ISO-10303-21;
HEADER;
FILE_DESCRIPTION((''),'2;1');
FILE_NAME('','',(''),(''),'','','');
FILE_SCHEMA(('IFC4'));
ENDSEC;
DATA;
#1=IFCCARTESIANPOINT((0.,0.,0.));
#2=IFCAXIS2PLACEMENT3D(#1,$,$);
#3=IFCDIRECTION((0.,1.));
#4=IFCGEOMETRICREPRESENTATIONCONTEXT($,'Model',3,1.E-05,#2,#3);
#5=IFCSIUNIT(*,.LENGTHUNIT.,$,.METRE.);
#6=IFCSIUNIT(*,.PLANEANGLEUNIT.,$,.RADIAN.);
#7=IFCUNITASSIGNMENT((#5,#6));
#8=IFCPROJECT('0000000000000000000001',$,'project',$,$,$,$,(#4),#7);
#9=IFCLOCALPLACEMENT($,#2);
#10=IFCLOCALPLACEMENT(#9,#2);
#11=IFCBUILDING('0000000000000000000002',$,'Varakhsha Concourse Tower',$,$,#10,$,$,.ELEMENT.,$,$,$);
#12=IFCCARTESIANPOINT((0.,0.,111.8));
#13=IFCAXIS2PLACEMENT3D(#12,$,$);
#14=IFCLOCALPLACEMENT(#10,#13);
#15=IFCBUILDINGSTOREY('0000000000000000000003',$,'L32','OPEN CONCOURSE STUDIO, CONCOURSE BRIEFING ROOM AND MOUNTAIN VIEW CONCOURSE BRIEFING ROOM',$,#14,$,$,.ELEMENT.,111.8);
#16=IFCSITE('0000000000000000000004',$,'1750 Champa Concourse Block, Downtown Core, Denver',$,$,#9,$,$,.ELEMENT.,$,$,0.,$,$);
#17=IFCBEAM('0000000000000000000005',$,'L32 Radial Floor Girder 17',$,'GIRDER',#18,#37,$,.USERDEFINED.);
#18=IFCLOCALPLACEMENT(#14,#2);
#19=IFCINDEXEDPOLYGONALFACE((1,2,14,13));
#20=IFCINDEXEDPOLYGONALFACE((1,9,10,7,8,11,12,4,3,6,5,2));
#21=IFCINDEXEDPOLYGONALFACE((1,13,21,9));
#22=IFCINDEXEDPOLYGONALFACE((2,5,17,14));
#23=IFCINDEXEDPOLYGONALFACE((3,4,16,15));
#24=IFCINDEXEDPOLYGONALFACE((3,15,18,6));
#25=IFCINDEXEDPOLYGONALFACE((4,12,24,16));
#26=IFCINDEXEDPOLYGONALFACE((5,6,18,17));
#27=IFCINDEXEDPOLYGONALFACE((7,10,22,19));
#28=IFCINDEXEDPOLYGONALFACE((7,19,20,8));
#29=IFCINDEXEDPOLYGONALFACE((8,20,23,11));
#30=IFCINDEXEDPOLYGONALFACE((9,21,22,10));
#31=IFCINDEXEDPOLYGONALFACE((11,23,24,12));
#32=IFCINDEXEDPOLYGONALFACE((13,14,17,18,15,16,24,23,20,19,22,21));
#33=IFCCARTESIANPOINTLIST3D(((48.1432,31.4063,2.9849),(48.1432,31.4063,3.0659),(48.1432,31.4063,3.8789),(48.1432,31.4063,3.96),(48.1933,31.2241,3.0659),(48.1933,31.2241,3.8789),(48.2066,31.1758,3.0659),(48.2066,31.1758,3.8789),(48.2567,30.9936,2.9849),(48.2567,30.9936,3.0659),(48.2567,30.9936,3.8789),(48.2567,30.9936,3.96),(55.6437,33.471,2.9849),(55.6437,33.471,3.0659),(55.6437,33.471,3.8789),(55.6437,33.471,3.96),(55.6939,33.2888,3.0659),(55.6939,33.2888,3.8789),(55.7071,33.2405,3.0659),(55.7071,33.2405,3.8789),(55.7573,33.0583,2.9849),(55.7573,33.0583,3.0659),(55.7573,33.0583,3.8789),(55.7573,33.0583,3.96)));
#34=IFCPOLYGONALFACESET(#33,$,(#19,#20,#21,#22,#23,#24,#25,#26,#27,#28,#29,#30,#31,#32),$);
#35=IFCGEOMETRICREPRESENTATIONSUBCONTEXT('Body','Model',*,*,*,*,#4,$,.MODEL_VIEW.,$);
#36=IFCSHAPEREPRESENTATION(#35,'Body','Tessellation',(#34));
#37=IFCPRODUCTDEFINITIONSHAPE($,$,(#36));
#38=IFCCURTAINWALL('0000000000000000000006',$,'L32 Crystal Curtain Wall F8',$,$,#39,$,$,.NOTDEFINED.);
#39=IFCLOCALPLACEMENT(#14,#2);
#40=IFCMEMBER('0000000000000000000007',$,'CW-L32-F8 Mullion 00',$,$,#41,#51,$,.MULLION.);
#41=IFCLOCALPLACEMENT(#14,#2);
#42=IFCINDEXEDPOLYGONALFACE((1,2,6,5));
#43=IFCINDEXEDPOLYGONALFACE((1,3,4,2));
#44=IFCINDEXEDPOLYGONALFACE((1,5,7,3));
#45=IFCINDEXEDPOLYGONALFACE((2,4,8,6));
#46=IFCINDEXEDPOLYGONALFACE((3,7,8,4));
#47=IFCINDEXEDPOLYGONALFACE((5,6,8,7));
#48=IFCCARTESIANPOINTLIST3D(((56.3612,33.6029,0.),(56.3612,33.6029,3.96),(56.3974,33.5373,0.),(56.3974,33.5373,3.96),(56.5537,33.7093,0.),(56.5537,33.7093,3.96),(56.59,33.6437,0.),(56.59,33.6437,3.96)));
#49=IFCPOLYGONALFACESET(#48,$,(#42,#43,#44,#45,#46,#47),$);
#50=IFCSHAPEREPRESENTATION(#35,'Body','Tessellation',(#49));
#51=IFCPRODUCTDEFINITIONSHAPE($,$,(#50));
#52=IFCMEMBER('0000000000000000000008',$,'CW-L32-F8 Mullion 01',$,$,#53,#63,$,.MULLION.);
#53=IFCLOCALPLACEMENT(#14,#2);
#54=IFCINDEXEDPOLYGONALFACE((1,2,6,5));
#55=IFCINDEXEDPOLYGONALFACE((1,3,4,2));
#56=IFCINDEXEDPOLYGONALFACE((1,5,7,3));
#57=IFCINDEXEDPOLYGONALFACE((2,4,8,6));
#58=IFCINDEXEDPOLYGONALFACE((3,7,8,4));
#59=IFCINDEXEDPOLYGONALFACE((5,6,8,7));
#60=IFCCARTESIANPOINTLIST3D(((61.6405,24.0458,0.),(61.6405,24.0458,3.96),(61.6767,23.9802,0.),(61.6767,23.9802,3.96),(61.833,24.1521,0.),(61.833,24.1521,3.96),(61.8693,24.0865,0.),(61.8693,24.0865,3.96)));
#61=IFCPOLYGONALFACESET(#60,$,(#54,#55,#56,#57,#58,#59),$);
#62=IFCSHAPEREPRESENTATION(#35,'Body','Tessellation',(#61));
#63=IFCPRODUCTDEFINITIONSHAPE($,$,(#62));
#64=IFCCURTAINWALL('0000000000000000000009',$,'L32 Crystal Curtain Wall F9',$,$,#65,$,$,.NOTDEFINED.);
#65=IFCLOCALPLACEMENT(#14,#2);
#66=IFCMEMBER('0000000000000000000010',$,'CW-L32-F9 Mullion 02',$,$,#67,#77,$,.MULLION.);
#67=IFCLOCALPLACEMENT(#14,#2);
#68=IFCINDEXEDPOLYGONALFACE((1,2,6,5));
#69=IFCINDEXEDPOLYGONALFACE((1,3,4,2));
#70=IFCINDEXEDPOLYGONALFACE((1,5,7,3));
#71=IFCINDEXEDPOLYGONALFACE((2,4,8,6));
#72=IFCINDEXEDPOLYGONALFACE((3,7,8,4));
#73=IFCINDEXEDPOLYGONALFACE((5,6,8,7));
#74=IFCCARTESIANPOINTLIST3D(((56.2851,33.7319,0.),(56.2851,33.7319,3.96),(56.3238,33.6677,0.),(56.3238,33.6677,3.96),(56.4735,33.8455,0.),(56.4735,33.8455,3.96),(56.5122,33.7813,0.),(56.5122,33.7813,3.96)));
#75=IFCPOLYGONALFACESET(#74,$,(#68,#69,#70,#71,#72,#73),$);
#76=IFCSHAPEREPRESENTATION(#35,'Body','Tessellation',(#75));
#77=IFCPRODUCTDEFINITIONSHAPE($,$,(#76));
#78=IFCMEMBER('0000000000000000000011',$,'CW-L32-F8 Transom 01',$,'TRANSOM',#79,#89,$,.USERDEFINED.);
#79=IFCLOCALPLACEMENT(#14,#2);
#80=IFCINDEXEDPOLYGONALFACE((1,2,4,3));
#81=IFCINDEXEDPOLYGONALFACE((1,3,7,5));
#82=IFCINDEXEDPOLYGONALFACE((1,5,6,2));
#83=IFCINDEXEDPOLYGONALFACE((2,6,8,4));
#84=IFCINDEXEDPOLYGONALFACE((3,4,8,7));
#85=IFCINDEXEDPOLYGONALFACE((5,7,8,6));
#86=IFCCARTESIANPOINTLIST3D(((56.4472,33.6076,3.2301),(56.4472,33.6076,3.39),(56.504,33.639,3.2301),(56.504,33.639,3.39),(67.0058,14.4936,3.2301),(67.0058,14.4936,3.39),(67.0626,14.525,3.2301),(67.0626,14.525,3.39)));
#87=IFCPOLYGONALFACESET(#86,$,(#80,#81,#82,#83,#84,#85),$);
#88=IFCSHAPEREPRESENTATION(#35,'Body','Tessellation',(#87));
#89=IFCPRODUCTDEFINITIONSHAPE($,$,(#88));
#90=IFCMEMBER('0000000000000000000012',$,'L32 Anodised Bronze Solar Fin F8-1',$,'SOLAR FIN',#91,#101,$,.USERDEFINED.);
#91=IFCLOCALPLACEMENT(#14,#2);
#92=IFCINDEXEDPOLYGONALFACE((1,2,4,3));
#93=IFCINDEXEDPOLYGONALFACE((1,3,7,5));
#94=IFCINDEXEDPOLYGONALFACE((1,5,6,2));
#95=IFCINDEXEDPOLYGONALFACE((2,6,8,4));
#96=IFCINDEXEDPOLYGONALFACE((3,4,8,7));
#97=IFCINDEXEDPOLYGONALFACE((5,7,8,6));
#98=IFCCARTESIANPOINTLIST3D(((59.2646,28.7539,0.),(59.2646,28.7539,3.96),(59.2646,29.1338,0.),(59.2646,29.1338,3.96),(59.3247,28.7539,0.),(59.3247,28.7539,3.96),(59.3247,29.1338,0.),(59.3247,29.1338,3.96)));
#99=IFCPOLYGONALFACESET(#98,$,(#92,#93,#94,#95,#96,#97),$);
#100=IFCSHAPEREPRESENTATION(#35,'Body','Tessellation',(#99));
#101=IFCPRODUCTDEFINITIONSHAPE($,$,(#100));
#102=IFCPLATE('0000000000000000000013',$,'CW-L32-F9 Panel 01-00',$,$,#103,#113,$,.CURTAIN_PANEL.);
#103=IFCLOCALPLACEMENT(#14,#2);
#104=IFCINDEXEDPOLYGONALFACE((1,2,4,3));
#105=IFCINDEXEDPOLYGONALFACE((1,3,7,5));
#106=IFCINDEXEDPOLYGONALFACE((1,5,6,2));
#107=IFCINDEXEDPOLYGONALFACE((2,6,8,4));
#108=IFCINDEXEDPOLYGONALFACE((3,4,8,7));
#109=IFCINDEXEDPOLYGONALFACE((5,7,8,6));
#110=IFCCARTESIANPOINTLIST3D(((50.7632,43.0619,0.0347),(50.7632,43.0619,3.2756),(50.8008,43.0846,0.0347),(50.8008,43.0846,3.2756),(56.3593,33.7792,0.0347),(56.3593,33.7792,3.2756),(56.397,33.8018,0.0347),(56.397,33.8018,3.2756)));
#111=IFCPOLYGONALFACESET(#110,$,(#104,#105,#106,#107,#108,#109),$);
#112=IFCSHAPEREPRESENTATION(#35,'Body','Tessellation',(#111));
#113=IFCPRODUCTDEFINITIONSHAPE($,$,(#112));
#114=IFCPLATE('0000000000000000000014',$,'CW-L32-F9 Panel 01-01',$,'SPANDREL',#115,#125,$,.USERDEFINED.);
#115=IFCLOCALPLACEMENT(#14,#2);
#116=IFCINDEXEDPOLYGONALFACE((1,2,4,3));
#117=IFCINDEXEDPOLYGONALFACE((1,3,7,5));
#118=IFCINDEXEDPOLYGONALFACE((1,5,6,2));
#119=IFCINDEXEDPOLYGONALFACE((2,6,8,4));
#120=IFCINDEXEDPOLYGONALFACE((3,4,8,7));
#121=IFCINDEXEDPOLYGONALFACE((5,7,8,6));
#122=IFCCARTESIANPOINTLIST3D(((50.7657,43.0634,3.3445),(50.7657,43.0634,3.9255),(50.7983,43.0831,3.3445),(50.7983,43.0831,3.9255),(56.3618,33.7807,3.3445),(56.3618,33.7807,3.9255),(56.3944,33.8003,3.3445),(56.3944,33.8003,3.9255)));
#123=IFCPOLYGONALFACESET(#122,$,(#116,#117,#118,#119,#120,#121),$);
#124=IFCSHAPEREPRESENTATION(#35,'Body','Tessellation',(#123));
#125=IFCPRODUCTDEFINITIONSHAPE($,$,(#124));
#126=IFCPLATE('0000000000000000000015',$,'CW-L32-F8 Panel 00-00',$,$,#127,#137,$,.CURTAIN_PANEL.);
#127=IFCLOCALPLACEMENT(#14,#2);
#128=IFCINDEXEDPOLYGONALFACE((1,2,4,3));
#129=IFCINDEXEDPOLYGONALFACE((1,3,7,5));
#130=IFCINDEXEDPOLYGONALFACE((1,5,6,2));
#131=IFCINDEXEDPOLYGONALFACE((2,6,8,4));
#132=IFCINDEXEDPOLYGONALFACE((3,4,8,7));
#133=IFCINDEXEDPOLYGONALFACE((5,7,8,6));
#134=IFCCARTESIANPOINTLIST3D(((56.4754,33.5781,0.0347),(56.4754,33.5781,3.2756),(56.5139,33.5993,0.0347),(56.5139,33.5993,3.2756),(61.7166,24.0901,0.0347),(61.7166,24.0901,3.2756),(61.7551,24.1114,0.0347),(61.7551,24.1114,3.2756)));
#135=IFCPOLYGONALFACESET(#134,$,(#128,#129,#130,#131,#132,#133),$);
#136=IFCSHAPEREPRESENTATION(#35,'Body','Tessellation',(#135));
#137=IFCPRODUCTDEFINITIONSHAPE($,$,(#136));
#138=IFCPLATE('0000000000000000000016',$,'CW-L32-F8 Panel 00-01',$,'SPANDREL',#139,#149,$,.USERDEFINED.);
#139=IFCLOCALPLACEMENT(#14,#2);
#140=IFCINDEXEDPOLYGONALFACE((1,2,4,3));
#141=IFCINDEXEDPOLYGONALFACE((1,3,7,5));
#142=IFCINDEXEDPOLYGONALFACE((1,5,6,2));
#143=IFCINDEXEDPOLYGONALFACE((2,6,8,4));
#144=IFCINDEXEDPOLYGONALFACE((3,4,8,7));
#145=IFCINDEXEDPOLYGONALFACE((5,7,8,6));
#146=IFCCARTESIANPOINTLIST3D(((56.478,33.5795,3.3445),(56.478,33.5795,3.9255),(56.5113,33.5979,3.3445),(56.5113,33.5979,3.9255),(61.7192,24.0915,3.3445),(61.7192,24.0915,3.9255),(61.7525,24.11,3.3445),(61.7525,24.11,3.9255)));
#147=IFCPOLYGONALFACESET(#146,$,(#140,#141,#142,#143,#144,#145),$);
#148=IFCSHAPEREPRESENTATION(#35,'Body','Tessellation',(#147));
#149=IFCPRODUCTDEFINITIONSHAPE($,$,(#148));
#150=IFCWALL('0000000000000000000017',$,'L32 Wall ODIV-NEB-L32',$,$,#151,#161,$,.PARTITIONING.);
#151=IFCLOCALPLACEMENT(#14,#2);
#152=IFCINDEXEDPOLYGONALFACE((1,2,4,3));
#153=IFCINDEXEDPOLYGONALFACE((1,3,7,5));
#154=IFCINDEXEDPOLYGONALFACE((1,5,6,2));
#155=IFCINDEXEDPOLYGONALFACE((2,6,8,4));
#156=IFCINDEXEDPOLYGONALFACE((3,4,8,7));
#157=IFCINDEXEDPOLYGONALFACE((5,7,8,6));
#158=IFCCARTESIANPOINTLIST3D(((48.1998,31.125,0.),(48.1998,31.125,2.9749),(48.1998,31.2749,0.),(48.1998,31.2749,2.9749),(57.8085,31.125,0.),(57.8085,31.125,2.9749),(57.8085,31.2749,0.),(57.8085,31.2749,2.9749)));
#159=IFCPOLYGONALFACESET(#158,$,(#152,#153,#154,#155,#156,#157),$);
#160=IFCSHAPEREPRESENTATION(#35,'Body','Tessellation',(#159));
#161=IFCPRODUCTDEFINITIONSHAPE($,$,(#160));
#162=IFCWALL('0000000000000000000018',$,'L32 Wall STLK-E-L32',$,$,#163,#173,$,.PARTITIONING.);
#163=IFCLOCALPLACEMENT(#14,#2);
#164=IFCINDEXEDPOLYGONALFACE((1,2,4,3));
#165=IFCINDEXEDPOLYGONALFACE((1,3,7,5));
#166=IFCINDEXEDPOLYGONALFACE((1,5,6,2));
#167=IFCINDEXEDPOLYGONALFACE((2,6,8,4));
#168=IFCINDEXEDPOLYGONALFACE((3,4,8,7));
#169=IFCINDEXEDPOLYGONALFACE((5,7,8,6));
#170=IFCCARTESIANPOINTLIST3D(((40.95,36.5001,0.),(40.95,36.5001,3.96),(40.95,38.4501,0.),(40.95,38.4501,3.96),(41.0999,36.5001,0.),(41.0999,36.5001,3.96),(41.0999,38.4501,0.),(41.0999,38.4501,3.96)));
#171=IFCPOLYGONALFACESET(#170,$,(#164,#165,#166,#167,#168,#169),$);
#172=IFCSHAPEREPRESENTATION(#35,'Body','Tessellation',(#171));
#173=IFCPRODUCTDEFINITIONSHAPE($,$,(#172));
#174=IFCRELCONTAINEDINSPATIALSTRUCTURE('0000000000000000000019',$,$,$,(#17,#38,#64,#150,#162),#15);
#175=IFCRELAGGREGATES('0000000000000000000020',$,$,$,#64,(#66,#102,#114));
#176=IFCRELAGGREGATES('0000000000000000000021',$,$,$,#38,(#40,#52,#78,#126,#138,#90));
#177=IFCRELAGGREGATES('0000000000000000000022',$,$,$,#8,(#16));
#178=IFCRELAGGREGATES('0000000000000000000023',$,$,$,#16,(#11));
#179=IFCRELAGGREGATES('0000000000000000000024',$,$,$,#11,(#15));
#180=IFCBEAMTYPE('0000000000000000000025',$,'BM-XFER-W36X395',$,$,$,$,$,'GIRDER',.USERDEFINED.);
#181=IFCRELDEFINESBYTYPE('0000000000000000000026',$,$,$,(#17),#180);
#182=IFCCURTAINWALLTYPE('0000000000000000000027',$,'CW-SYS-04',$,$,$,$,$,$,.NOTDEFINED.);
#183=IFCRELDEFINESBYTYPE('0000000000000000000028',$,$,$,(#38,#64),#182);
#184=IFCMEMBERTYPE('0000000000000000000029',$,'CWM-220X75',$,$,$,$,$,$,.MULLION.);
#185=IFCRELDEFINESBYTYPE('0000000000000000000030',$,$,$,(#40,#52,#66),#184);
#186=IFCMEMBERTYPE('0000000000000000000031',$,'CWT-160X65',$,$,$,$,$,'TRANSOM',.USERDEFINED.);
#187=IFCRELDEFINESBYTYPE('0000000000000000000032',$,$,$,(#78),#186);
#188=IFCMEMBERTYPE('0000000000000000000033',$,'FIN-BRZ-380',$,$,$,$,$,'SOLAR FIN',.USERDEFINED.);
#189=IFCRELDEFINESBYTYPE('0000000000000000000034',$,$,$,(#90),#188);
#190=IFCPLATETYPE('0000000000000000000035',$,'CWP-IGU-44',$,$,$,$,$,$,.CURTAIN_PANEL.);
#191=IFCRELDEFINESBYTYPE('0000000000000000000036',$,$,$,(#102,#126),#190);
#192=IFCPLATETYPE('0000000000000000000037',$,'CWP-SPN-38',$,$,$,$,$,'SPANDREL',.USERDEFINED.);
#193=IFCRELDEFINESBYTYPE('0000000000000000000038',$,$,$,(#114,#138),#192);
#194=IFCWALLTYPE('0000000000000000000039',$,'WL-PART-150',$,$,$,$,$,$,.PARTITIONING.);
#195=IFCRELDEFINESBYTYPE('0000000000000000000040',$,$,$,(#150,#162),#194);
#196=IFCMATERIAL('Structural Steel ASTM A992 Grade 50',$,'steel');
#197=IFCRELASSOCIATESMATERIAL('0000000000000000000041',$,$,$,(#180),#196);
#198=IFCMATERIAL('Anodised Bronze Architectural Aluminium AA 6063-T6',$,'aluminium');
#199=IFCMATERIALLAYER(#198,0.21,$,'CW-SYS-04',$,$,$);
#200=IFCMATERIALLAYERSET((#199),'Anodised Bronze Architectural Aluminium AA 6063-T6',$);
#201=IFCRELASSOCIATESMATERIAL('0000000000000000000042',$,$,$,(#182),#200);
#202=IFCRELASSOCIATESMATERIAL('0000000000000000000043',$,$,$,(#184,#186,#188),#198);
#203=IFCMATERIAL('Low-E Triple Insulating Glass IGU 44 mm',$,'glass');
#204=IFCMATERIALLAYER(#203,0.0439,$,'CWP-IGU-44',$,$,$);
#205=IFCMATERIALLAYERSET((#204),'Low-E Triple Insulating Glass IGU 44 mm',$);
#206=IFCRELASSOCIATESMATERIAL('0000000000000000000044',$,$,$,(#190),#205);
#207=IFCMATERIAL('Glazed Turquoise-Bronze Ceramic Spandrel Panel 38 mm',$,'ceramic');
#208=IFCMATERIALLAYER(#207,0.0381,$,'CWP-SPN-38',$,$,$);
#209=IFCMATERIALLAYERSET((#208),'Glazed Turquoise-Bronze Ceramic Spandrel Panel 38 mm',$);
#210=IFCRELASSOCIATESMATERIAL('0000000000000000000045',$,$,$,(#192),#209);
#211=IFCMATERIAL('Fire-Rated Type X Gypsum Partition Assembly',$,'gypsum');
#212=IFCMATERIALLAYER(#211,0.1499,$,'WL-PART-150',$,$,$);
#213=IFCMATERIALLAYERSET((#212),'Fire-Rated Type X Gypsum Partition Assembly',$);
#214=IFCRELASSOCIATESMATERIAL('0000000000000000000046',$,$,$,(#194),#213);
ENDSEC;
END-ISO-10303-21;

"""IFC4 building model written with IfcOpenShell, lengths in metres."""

from ifc_helpers import new_model, si_unit, direction, frame, frame_2d, origin, origin_2d, place, context, subcontext, project, spatial, rectangle, i_section, extrude, source, transform, mapped, material, layer, layer_set, material_profile, profile_set, type_object, type_shapes, element, aggregate, save


model = new_model("IFC4")

# Units and contexts
model_context = context("Model", 3, precision=1e-05, world=origin(), true_north=direction((0.0, 1.0)))
body_context = subcontext(model_context, "Body", "Model", "MODEL_VIEW")
ifc_project = project(units=[si_unit("LENGTHUNIT", "METRE"), si_unit("PLANEANGLEUNIT", "RADIAN")], contexts=[model_context])

# Site, building, storey
site_placement = place(None, origin())
site = spatial("IfcSite", under=ifc_project, at=site_placement, Name="1750 Champa Concourse Block, Downtown Core, Denver", CompositionType="ELEMENT", RefElevation=0.0)
building_placement = place(site_placement, origin())
building = spatial("IfcBuilding", under=site, at=building_placement, Name="Varakhsha Concourse Tower", CompositionType="ELEMENT")
storey_placement = place(building_placement, frame((0.0, 0.0, 111.8)))
storey = spatial("IfcBuildingStorey", under=building, at=storey_placement, Name="L32", Description="OPEN CONCOURSE STUDIO, CONCOURSE BRIEFING ROOM AND MOUNTAIN VIEW CONCOURSE BRIEFING ROOM", CompositionType="ELEMENT", Elevation=111.8)

# Shared definitions
ifc_material_1 = material(Name="Structural Steel ASTM A992 Grade 50", Category="steel")

# Beam
ifc_material_profile_1 = material_profile(ifc_material_1, i_section(OverallWidth=0.428, OverallDepth=0.9751, WebThickness=0.05, FlangeThickness=0.0811, at=origin_2d()), Name="W36X395")
ifc_profile_set_1 = profile_set([ifc_material_profile_1], Name="Structural Steel ASTM A992 Grade 50")
beam_type_1 = type_object("IfcBeamType", Name="BM-XFER-W36X395", ElementType="GIRDER", PredefinedType="USERDEFINED", material=ifc_profile_set_1)
beam_1_placement = place(storey_placement, frame((48.2, 31.2, 3.4724), z_axis=(0.964138, 0.265403, 0.0), x_axis=(-0.265403, 0.964138, 0.0)))
element("IfcBeam", 1, at=beam_1_placement, inside=storey, type_object=beam_type_1, Name="L32 Radial Floor Girder 17", ObjectType="GIRDER", PredefinedType="USERDEFINED", context=body_context, shape_type="SweptSolid", body=[
    extrude(i_section(OverallWidth=0.428, OverallDepth=0.9751, WebThickness=0.05, FlangeThickness=0.0811, at=origin_2d()), origin(), (0.0, 0.0, 1.0), 7.7795),
])

# Curtain wall, members
ifc_material_2 = material(Name="Anodised Bronze Architectural Aluminium AA 6063-T6", Category="aluminium")
ifc_layer_1 = layer(ifc_material_2, 0.21, Name="CW-SYS-04")
ifc_layer_set_1 = layer_set([ifc_layer_1], Name="Anodised Bronze Architectural Aluminium AA 6063-T6")
curtain_wall_type = type_object("IfcCurtainWallType", Name="CW-SYS-04", PredefinedType="NOTDEFINED", material=ifc_layer_set_1)
curtain_wall_1_placement = place(storey_placement, origin())
curtain_wall_1 = element("IfcCurtainWall", 2, at=curtain_wall_1_placement, inside=storey, type_object=curtain_wall_type, Name="L32 Crystal Curtain Wall F8", PredefinedType="NOTDEFINED")
ifc_material_profile_2 = material_profile(ifc_material_2, rectangle(XDim=0.075, YDim=0.22, at=origin_2d()), Name="CWM-220X75")
ifc_profile_set_2 = profile_set([ifc_material_profile_2], Name="Anodised Bronze Architectural Aluminium AA 6063-T6")
member_type_1 = type_object("IfcMemberType", Name="CWM-220X75", PredefinedType="MULLION", material=ifc_profile_set_2)
shared_shape_1 = source(origin(), body_context, "Body", "SweptSolid", [
    extrude(rectangle(XDim=0.075, YDim=0.22, at=origin_2d()), origin(), (0.0, 0.0, 1.0), 3.96),
])
type_shapes(member_type_1, [shared_shape_1])
member_1_placement = place(storey_placement, frame((56.4756, 33.6233, 0.0), z_axis=(0.0, 0.0, 1.0), x_axis=(0.483536, -0.875324, 0.0)))
member_1 = element("IfcMember", 3, at=member_1_placement, type_object=member_type_1, Name="CW-L32-F8 Mullion 00", PredefinedType="MULLION", context=body_context, shape_type="MappedRepresentation", body=[
    mapped(shared_shape_1, transform((0.0, 0.0, 0.0), scale=1.0)),
])
member_2_placement = place(storey_placement, frame((61.7549, 24.0662, 0.0), z_axis=(0.0, 0.0, 1.0), x_axis=(0.483536, -0.875324, 0.0)))
member_2 = element("IfcMember", 4, at=member_2_placement, type_object=member_type_1, Name="CW-L32-F8 Mullion 01", PredefinedType="MULLION", context=body_context, shape_type="MappedRepresentation", body=[
    mapped(shared_shape_1, transform((0.0, 0.0, 0.0), scale=1.0)),
])

# Curtain wall, member
curtain_wall_2_placement = place(storey_placement, origin())
curtain_wall_2 = element("IfcCurtainWall", 5, at=curtain_wall_2_placement, inside=storey, type_object=curtain_wall_type, Name="L32 Crystal Curtain Wall F9", PredefinedType="NOTDEFINED")
member_3_placement = place(storey_placement, frame((56.3987, 33.7566, 0.0), z_axis=(0.0, 0.0, 1.0), x_axis=(0.51629, -0.856414, 0.0)))
member_3 = element("IfcMember", 6, at=member_3_placement, type_object=member_type_1, Name="CW-L32-F9 Mullion 02", PredefinedType="MULLION", context=body_context, shape_type="MappedRepresentation", body=[
    mapped(shared_shape_1, transform((0.0, 0.0, 0.0), scale=1.0)),
])

# Members
ifc_material_profile_3 = material_profile(ifc_material_2, rectangle(XDim=0.0649, YDim=0.1599, at=origin_2d()), Name="CWT-160X65")
ifc_profile_set_3 = profile_set([ifc_material_profile_3], Name="Anodised Bronze Architectural Aluminium AA 6063-T6")
member_type_2 = type_object("IfcMemberType", Name="CWT-160X65", ElementType="TRANSOM", PredefinedType="USERDEFINED", material=ifc_profile_set_3)
shared_shape_2 = source(origin(), body_context, "Body", "SweptSolid", [
    extrude(rectangle(XDim=0.0649, YDim=0.1599, at=origin_2d()), origin(), (0.0, 0.0, 1.0), 21.8364),
])
type_shapes(member_type_2, [shared_shape_2])
member_4_placement = place(storey_placement, frame((56.4756, 33.6233, 3.3101), z_axis=(0.483531, -0.875327, 0.0), x_axis=(0.875327, 0.483531, 0.0)))
member_4 = element("IfcMember", 7, at=member_4_placement, type_object=member_type_2, Name="CW-L32-F8 Transom 01", ObjectType="TRANSOM", PredefinedType="USERDEFINED", context=body_context, shape_type="MappedRepresentation", body=[
    mapped(shared_shape_2, transform((0.0, 0.0, 0.0), scale=1.0)),
])
ifc_material_profile_4 = material_profile(ifc_material_2, rectangle(XDim=0.0601, YDim=0.3799, at=origin_2d()), Name="FIN-BRZ-380")
ifc_profile_set_4 = profile_set([ifc_material_profile_4], Name="Anodised Bronze Architectural Aluminium AA 6063-T6")
member_type_3 = type_object("IfcMemberType", Name="FIN-BRZ-380", ElementType="SOLAR FIN", PredefinedType="USERDEFINED", material=ifc_profile_set_4)
shared_shape_3 = source(origin(), body_context, "Body", "SweptSolid", [
    extrude(rectangle(XDim=0.0601, YDim=0.3799, at=origin_2d()), origin(), (0.0, 0.0, 1.0), 3.96),
])
type_shapes(member_type_3, [shared_shape_3])
member_5_placement = place(storey_placement, frame((59.2947, 28.9438, 0.0), z_axis=(0.0, 0.0, 1.0), x_axis=(1.0, 0.0, 0.0)))
member_5 = element("IfcMember", 8, at=member_5_placement, type_object=member_type_3, Name="L32 Anodised Bronze Solar Fin F8-1", ObjectType="SOLAR FIN", PredefinedType="USERDEFINED", context=body_context, shape_type="MappedRepresentation", body=[
    mapped(shared_shape_3, transform((0.0, 0.0, 0.0), scale=1.0)),
])

# Plates
ifc_material_3 = material(Name="Low-E Triple Insulating Glass IGU 44 mm", Category="glass")
ifc_layer_2 = layer(ifc_material_3, 0.0439, Name="CWP-IGU-44")
ifc_layer_set_2 = layer_set([ifc_layer_2], Name="Low-E Triple Insulating Glass IGU 44 mm")
plate_type_1 = type_object("IfcPlateType", Name="CWP-IGU-44", PredefinedType="CURTAIN_PANEL", material=ifc_layer_set_2)
shared_shape_4 = source(origin(), body_context, "Body", "SweptSolid", [
    extrude(rectangle(XDim=10.8391, YDim=0.0439, at=origin_2d()), origin(), (0.0, 0.0, 1.0), 3.241),
])
plate_1_placement = place(storey_placement, frame((53.5801, 38.4319, 0.0347), z_axis=(0.0, 0.0, 1.0), x_axis=(0.51629, -0.856414, 0.0)))
plate_1 = element("IfcPlate", 9, at=plate_1_placement, type_object=plate_type_1, Name="CW-L32-F9 Panel 01-00", PredefinedType="CURTAIN_PANEL", context=body_context, shape_type="MappedRepresentation", body=[
    mapped(shared_shape_4, transform((0.0, 0.0, 0.0), scale=1.0)),
])
ifc_material_4 = material(Name="Glazed Turquoise-Bronze Ceramic Spandrel Panel 38 mm", Category="ceramic")
ifc_layer_3 = layer(ifc_material_4, 0.0381, Name="CWP-SPN-38")
ifc_layer_set_3 = layer_set([ifc_layer_3], Name="Glazed Turquoise-Bronze Ceramic Spandrel Panel 38 mm")
plate_type_2 = type_object("IfcPlateType", Name="CWP-SPN-38", ElementType="SPANDREL", PredefinedType="USERDEFINED", material=ifc_layer_set_3)
shared_shape_5 = source(origin(), body_context, "Body", "SweptSolid", [
    extrude(rectangle(XDim=10.8391, YDim=0.0381, at=origin_2d()), origin(), (0.0, 0.0, 1.0), 0.5811),
])
plate_2_placement = place(storey_placement, frame((53.5801, 38.4319, 3.3445), z_axis=(0.0, 0.0, 1.0), x_axis=(0.51629, -0.856414, 0.0)))
plate_2 = element("IfcPlate", 10, at=plate_2_placement, type_object=plate_type_2, Name="CW-L32-F9 Panel 01-01", ObjectType="SPANDREL", PredefinedType="USERDEFINED", context=body_context, shape_type="MappedRepresentation", body=[
    mapped(shared_shape_5, transform((0.0, 0.0, 0.0), scale=1.0)),
])
aggregate(curtain_wall_2, [member_3, plate_1, plate_2])
shared_shape_6 = source(origin(), body_context, "Body", "SweptSolid", [
    extrude(rectangle(XDim=10.8394, YDim=0.0439, at=origin_2d()), origin(), (0.0, 0.0, 1.0), 3.241),
])
type_shapes(plate_type_1, [shared_shape_4, shared_shape_6])
plate_3_placement = place(storey_placement, frame((59.1152, 28.8447, 0.0347), z_axis=(0.0, 0.0, 1.0), x_axis=(0.483536, -0.875324, 0.0)))
plate_3 = element("IfcPlate", 11, at=plate_3_placement, type_object=plate_type_1, Name="CW-L32-F8 Panel 00-00", PredefinedType="CURTAIN_PANEL", context=body_context, shape_type="MappedRepresentation", body=[
    mapped(shared_shape_6, transform((0.0, 0.0, 0.0), scale=1.0)),
])
shared_shape_7 = source(origin(), body_context, "Body", "SweptSolid", [
    extrude(rectangle(XDim=10.8394, YDim=0.0381, at=origin_2d()), origin(), (0.0, 0.0, 1.0), 0.5811),
])
type_shapes(plate_type_2, [shared_shape_5, shared_shape_7])
plate_4_placement = place(storey_placement, frame((59.1152, 28.8447, 3.3445), z_axis=(0.0, 0.0, 1.0), x_axis=(0.483536, -0.875324, 0.0)))
plate_4 = element("IfcPlate", 12, at=plate_4_placement, type_object=plate_type_2, Name="CW-L32-F8 Panel 00-01", ObjectType="SPANDREL", PredefinedType="USERDEFINED", context=body_context, shape_type="MappedRepresentation", body=[
    mapped(shared_shape_7, transform((0.0, 0.0, 0.0), scale=1.0)),
])
aggregate(curtain_wall_1, [member_1, member_2, member_4, plate_3, plate_4, member_5])

# Walls
ifc_material_5 = material(Name="Fire-Rated Type X Gypsum Partition Assembly", Category="gypsum")
ifc_layer_4 = layer(ifc_material_5, 0.1499, Name="WL-PART-150")
ifc_layer_set_4 = layer_set([ifc_layer_4], Name="Fire-Rated Type X Gypsum Partition Assembly")
wall_type_1 = type_object("IfcWallType", Name="WL-PART-150", PredefinedType="PARTITIONING", material=ifc_layer_set_4)
wall_1_placement = place(storey_placement, frame((48.2, 31.2, 0.0), z_axis=(0.0, 0.0, 1.0), x_axis=(1.0, 0.0, 0.0)))
element("IfcWall", 13, at=wall_1_placement, inside=storey, type_object=wall_type_1, Name="L32 Wall ODIV-NEB-L32", PredefinedType="PARTITIONING", context=body_context, shape_type="SweptSolid", body=[
    extrude(rectangle(XDim=9.6086, YDim=0.1499, at=frame_2d((4.8042, 0.0))), origin(), (0.0, 0.0, 1.0), 2.9749),
])
wall_2_placement = place(storey_placement, frame((41.0249, 36.5, 0.0), z_axis=(0.0, 0.0, 1.0), x_axis=(0.0, 1.0, 0.0)))
element("IfcWall", 14, at=wall_2_placement, inside=storey, type_object=wall_type_1, Name="L32 Wall STLK-E-L32", PredefinedType="PARTITIONING", context=body_context, shape_type="SweptSolid", body=[
    extrude(rectangle(XDim=1.95, YDim=0.1499, at=frame_2d((0.9751, 0.0))), origin(), (0.0, 0.0, 1.0), 3.96),
])

save(model, "model.ifc")
